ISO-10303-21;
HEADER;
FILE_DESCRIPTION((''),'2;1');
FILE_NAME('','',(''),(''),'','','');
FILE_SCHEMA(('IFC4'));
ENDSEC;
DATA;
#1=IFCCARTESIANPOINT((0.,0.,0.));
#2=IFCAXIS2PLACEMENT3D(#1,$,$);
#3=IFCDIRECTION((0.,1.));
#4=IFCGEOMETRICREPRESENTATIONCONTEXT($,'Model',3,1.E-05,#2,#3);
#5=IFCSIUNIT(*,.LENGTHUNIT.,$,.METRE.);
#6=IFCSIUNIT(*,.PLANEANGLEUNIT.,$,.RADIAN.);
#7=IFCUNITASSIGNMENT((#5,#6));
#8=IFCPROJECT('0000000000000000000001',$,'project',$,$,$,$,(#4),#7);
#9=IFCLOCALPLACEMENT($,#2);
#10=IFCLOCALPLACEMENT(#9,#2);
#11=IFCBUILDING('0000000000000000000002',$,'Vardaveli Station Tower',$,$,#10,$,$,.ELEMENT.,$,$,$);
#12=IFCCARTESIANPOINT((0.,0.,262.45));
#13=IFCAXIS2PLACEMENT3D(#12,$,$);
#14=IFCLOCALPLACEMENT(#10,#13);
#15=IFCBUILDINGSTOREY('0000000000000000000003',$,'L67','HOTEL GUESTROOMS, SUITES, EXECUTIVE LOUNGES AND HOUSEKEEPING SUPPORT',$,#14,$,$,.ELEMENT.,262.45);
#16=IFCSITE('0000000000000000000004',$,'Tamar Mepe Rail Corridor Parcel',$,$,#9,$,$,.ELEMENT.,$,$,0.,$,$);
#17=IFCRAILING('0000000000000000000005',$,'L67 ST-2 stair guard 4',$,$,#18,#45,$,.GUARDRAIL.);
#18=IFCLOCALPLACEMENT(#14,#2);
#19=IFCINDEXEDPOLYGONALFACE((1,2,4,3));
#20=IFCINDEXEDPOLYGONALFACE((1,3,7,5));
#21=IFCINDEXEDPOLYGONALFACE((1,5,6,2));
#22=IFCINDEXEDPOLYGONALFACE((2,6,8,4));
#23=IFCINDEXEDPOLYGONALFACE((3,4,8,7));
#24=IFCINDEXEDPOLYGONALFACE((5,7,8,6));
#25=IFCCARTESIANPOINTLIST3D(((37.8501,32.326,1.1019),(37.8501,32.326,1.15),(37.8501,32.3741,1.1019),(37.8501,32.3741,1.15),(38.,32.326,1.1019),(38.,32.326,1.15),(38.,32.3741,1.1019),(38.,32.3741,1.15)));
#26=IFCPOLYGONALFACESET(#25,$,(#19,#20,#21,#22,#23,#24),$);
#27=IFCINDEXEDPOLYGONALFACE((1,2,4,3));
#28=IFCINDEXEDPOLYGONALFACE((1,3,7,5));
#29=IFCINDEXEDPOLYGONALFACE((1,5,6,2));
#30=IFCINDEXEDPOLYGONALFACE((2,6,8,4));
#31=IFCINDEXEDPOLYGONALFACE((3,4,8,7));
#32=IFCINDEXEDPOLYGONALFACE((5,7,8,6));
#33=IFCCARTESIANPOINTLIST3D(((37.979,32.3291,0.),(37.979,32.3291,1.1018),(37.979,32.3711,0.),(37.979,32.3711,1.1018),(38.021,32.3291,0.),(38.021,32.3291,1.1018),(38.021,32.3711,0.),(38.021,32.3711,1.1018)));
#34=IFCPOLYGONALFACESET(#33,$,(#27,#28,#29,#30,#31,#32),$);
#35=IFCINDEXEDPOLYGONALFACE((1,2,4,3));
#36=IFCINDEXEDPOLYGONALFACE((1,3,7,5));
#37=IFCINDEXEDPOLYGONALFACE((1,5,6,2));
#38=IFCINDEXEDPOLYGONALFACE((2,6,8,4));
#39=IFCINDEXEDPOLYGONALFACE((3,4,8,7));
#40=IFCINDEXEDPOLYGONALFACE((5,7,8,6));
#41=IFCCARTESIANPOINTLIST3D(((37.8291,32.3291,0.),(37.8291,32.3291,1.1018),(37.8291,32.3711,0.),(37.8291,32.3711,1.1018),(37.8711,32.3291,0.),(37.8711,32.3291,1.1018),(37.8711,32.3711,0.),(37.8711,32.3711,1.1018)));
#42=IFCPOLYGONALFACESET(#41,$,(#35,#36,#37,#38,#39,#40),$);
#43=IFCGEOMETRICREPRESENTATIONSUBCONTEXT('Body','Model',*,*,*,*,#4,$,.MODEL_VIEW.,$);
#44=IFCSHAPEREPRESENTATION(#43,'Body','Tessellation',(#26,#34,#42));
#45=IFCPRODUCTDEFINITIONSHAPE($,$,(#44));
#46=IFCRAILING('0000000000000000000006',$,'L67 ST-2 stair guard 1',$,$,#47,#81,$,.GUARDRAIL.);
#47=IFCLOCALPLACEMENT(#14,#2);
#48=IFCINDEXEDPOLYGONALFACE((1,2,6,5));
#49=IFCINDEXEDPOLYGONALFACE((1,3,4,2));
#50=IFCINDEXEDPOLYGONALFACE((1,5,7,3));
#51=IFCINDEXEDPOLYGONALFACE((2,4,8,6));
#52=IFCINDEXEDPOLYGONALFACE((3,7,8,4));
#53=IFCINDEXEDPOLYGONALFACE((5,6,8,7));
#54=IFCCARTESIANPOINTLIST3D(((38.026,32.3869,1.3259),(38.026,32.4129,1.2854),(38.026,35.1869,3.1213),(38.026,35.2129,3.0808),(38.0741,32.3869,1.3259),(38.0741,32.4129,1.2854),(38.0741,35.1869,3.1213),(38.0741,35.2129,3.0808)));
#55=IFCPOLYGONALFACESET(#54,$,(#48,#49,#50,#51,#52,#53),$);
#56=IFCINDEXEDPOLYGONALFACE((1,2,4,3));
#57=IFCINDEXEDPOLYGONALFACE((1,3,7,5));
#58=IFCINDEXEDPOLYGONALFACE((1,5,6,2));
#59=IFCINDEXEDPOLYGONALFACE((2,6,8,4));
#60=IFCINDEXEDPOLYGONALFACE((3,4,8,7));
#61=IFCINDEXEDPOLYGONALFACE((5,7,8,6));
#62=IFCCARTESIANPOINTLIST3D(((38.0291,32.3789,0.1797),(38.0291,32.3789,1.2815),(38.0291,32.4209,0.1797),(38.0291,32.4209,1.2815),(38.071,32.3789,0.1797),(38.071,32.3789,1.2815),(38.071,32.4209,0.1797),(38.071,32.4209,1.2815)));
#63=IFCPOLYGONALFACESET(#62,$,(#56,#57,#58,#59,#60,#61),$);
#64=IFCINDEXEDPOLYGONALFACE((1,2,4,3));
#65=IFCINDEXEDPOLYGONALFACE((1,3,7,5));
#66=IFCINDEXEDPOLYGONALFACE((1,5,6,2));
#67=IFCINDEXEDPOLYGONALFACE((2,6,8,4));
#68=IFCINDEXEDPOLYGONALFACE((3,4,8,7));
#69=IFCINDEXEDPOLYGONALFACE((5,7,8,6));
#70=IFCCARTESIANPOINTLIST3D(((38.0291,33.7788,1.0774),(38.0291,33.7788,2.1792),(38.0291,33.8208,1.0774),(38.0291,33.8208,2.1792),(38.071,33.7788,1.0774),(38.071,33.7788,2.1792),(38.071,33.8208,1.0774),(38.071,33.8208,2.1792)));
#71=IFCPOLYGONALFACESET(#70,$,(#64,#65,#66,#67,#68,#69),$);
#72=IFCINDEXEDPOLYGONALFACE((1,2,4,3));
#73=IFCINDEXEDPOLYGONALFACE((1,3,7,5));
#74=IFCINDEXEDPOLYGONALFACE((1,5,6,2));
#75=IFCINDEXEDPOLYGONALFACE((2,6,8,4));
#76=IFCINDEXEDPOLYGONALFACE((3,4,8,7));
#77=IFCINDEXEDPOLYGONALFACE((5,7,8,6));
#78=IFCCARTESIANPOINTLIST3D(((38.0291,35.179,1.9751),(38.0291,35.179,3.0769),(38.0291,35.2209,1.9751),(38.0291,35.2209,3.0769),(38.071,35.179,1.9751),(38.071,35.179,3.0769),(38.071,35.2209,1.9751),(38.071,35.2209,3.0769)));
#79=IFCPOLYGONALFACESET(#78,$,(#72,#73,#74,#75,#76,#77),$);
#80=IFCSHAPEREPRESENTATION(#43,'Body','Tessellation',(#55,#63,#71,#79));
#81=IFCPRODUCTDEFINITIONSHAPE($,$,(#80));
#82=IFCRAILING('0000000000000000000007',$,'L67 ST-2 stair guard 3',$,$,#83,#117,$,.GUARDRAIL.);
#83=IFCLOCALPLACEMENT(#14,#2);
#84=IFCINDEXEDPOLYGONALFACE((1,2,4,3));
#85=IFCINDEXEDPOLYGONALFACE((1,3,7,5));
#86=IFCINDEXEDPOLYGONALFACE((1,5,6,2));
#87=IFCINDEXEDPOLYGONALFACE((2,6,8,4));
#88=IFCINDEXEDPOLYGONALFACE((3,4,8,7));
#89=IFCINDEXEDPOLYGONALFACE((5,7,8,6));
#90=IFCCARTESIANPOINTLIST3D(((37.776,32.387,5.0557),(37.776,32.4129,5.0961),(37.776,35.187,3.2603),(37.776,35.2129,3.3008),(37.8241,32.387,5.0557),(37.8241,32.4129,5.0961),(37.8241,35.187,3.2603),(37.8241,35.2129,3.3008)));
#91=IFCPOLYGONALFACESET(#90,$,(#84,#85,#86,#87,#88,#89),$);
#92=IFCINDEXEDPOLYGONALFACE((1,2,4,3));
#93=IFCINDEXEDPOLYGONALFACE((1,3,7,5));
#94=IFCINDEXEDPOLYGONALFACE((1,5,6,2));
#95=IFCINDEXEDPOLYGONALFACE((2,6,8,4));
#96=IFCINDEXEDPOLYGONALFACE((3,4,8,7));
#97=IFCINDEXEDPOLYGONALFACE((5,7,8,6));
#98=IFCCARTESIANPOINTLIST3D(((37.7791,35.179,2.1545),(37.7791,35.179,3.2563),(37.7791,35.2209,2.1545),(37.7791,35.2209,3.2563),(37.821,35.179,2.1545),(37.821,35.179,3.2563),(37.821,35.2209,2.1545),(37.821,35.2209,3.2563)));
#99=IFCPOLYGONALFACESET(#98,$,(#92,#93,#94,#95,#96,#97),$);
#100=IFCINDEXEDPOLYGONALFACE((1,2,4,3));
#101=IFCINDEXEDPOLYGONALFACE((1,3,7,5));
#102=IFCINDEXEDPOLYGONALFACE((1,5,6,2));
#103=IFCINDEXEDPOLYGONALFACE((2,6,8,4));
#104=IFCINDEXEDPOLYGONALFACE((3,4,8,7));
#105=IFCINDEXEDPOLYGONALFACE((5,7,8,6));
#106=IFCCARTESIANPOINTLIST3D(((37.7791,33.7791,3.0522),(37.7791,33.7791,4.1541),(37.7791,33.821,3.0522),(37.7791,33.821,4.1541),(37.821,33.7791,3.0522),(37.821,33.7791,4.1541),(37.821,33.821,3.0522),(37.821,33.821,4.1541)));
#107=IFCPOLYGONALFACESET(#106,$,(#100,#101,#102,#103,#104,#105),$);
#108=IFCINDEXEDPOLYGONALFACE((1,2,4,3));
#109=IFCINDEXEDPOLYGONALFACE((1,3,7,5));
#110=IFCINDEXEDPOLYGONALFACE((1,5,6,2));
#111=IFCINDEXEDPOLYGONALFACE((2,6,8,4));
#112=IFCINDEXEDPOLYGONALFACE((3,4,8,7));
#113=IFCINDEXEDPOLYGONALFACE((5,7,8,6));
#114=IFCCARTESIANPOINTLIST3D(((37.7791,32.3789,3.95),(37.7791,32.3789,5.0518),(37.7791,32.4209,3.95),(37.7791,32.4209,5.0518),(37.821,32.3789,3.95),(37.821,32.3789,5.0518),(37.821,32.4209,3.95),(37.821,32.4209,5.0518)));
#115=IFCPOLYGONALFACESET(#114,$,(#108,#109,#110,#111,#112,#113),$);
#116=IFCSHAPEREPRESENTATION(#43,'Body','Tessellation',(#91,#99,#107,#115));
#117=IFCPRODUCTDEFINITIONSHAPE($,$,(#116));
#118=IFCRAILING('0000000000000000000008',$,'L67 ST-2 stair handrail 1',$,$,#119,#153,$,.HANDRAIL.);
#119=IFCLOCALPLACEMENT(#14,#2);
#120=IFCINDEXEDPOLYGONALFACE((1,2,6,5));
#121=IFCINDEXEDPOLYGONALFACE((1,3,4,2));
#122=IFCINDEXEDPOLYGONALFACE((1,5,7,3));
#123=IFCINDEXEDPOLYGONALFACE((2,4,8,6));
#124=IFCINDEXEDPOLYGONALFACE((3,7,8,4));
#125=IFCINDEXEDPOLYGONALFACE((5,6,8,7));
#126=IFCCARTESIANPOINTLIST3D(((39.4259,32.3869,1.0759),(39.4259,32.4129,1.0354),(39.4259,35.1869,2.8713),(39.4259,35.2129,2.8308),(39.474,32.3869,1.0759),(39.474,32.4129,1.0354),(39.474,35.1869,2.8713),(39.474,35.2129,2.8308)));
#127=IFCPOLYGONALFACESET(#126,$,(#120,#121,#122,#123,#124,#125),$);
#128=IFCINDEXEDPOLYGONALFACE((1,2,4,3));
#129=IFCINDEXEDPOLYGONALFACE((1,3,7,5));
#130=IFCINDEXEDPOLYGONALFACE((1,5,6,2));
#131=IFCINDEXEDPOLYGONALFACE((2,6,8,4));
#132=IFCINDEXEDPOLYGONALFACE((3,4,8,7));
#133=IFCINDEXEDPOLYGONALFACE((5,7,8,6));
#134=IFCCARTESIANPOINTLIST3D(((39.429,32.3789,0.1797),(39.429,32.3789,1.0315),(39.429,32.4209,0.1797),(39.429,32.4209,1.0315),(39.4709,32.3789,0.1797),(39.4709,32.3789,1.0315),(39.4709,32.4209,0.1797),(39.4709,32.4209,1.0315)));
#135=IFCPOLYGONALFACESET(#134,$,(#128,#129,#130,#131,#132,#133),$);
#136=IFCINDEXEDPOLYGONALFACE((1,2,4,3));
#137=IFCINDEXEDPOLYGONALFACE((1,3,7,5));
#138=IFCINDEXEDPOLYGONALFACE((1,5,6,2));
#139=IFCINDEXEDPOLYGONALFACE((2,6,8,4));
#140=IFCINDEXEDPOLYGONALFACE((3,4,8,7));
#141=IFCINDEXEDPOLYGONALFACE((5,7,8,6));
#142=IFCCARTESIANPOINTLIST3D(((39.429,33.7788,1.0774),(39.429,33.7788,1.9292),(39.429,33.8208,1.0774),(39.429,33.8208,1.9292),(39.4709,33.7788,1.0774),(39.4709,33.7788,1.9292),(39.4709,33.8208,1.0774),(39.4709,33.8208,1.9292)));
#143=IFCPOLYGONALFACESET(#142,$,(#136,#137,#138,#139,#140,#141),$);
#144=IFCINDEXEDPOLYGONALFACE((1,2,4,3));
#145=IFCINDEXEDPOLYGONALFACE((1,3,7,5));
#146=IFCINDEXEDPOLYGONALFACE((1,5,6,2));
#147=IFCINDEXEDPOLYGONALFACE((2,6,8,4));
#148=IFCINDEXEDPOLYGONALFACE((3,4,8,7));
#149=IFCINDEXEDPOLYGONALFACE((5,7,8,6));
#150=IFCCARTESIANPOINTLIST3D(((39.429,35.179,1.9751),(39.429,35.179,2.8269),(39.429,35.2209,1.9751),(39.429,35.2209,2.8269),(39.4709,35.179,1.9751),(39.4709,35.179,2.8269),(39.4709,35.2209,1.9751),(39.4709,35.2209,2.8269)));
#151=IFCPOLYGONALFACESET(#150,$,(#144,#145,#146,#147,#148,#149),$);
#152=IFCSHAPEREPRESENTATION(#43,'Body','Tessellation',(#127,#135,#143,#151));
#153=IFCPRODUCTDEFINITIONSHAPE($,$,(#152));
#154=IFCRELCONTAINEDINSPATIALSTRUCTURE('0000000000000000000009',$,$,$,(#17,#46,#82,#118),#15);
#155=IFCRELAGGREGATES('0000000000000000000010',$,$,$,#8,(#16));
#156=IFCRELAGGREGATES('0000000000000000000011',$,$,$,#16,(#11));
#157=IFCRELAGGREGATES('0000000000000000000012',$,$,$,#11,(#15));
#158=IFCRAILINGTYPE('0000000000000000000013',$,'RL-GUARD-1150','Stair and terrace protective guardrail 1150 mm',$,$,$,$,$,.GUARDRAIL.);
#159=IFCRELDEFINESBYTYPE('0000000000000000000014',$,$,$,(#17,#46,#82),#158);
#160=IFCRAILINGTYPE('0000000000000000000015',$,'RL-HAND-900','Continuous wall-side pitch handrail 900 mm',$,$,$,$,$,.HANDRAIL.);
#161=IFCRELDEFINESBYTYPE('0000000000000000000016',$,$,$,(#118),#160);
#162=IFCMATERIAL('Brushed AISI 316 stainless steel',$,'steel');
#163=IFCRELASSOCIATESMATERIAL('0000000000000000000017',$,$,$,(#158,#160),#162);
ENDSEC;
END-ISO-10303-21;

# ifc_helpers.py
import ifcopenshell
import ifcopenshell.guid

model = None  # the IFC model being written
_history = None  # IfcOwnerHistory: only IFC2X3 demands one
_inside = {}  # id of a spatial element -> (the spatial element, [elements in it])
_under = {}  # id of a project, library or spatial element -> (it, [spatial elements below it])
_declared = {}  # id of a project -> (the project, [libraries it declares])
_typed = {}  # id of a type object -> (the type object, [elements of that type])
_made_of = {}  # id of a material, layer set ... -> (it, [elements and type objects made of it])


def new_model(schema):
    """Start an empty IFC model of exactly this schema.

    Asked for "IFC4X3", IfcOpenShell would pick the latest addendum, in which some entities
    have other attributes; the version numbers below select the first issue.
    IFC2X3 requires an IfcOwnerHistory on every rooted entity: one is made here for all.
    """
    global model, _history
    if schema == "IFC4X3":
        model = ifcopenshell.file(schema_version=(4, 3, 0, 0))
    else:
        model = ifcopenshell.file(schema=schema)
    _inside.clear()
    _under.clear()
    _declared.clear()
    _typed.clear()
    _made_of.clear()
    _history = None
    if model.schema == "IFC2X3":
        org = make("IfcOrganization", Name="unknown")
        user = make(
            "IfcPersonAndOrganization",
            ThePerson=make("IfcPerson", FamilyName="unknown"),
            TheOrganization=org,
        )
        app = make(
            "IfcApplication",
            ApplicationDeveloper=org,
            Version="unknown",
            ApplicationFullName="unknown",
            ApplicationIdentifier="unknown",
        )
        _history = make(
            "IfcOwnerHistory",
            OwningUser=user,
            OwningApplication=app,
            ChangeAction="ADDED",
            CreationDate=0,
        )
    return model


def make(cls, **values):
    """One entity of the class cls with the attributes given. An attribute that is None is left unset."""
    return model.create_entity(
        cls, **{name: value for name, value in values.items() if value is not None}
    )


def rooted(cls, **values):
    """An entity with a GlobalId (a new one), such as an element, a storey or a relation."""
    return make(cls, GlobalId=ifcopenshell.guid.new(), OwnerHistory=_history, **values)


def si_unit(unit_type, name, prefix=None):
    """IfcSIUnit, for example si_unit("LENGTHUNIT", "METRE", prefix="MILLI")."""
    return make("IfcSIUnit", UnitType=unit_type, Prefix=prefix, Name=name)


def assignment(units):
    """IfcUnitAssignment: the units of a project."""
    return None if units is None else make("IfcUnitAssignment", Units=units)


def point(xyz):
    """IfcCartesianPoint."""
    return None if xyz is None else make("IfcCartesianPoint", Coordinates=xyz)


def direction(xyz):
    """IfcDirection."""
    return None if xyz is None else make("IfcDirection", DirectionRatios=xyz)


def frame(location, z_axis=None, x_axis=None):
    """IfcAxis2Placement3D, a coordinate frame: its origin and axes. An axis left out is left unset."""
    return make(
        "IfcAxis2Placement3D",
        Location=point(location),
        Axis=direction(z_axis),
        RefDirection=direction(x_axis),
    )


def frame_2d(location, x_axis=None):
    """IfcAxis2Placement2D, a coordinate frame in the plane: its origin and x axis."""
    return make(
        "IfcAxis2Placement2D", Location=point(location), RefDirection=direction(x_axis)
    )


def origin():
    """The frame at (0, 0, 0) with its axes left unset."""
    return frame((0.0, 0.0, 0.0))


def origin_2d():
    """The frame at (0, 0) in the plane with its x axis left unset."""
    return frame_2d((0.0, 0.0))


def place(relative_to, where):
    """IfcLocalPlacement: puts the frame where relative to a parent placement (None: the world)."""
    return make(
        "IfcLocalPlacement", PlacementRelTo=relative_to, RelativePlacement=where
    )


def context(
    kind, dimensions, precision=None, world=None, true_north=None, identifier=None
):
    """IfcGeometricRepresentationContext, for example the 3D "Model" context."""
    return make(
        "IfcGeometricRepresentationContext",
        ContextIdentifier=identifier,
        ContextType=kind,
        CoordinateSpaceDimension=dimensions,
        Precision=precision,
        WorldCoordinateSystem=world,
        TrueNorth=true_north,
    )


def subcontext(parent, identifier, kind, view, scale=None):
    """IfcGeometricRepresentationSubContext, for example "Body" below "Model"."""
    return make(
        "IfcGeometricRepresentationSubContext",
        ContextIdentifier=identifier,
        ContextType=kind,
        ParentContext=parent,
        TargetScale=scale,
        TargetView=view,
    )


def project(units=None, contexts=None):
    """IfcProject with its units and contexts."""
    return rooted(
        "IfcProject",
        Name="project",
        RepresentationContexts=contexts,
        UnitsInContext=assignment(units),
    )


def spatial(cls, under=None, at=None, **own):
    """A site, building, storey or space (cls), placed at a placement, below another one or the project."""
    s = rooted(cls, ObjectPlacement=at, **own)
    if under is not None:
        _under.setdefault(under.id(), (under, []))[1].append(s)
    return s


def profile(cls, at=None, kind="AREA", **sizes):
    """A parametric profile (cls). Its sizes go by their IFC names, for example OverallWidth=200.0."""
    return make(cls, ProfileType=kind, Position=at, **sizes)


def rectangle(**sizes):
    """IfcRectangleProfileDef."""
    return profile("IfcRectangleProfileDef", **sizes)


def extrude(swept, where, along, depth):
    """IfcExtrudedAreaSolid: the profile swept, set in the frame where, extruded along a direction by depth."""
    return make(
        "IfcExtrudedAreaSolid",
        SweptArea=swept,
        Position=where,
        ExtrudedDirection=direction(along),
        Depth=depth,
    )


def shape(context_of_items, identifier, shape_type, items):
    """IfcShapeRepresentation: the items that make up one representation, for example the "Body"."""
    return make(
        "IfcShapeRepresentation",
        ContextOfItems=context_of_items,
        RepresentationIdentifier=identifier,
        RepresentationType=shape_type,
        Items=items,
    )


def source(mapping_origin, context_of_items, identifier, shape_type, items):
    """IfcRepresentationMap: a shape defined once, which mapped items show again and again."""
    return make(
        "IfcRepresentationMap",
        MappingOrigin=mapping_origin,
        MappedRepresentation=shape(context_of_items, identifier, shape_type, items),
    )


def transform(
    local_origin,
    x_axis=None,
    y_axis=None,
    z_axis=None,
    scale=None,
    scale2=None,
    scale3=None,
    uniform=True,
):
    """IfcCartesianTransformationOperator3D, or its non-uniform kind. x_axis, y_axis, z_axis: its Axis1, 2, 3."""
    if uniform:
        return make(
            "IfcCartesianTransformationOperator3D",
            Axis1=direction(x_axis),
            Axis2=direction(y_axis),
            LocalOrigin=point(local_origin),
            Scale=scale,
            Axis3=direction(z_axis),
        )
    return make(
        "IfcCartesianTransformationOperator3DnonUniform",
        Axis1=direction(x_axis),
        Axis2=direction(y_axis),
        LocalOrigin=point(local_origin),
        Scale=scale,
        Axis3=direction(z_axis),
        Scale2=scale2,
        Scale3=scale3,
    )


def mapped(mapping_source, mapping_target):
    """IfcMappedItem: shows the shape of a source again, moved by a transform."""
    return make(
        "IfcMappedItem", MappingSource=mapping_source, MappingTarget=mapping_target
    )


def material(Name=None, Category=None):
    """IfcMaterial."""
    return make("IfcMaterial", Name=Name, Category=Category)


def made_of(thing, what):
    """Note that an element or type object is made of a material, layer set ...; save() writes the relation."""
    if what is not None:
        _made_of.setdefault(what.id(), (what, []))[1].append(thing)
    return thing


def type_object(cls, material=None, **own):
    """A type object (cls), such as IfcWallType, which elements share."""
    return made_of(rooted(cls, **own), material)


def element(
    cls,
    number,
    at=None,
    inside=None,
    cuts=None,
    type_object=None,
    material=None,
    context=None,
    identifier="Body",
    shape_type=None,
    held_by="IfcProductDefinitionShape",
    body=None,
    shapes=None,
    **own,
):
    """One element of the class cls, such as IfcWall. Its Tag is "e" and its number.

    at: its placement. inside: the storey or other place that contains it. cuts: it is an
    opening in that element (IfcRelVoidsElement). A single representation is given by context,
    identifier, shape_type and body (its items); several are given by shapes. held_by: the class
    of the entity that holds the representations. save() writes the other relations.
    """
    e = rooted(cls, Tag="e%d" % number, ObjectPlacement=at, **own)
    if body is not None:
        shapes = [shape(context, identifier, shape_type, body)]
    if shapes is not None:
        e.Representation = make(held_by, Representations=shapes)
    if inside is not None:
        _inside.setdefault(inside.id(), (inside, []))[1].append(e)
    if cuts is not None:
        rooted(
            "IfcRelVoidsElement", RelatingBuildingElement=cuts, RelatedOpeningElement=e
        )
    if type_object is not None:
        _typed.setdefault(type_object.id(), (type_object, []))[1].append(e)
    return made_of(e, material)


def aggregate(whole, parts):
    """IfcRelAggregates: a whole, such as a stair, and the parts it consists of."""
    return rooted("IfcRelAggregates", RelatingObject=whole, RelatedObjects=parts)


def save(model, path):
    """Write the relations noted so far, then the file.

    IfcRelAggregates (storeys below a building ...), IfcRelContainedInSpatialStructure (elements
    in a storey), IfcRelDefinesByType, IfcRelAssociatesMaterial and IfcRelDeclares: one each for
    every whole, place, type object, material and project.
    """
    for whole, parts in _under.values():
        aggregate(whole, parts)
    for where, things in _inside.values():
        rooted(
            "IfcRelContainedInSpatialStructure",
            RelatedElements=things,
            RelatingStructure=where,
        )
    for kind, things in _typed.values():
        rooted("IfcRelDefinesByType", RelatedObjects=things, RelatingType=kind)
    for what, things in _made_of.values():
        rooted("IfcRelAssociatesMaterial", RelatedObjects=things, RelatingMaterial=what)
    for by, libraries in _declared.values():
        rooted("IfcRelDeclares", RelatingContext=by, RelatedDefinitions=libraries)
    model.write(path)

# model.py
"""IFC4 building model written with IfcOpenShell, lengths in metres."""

from ifc_helpers import new_model, si_unit, direction, frame, origin, origin_2d, place, context, subcontext, project, spatial, rectangle, extrude, source, transform, mapped, material, type_object, element, save


model = new_model("IFC4")

# Units and contexts
model_context = context("Model", 3, precision=1e-05, world=origin(), true_north=direction((0.0, 1.0)))
body_context = subcontext(model_context, "Body", "Model", "MODEL_VIEW")
ifc_project = project(units=[si_unit("LENGTHUNIT", "METRE"), si_unit("PLANEANGLEUNIT", "RADIAN")], contexts=[model_context])

# Site, building, storey
site_placement = place(None, origin())
site = spatial("IfcSite", under=ifc_project, at=site_placement, Name="Tamar Mepe Rail Corridor Parcel", CompositionType="ELEMENT", RefElevation=0.0)
building_placement = place(site_placement, origin())
building = spatial("IfcBuilding", under=site, at=building_placement, Name="Vardaveli Station Tower", CompositionType="ELEMENT")
storey_placement = place(building_placement, frame((0.0, 0.0, 262.45)))
storey = spatial("IfcBuildingStorey", under=building, at=storey_placement, Name="L67", Description="HOTEL GUESTROOMS, SUITES, EXECUTIVE LOUNGES AND HOUSEKEEPING SUPPORT", CompositionType="ELEMENT", Elevation=262.45)

# Railings
ifc_material_1 = material(Name="Brushed AISI 316 stainless steel", Category="steel")
railing_type_1 = type_object("IfcRailingType", Name="RL-GUARD-1150", Description="Stair and terrace protective guardrail 1150 mm", PredefinedType="GUARDRAIL", material=ifc_material_1)
shared_shape_1 = source(origin(), body_context, "Body", "SweptSolid", [
    extrude(rectangle(XDim=0.0481, YDim=0.0481, at=origin_2d()), frame((0.0, 0.0, 1.126), z_axis=(-1.0, 0.0, 0.0), x_axis=(0.0, -1.0, 0.0)), (0.0, 0.0, 1.0), 0.1499),
    extrude(rectangle(XDim=0.042, YDim=0.042, at=origin_2d()), origin(), (0.0, 0.0, 1.0), 1.1018),
    extrude(rectangle(XDim=0.042, YDim=0.042, at=origin_2d()), frame((-0.1499, 0.0, 0.0)), (0.0, 0.0, 1.0), 1.1018),
])
for number, where, name in (
    (1, (38.0, 32.3501, 0.0), "L67 ST-2 stair guard 4"),
):
    element("IfcRailing", number, at=place(storey_placement, frame(where)), inside=storey, type_object=railing_type_1, Name=name, PredefinedType="GUARDRAIL", context=body_context, shape_type="MappedRepresentation", body=[
        mapped(shared_shape_1, transform((0.0, 0.0, 0.0), scale=1.0)),
    ])
shared_shape_2 = source(origin(), body_context, "Body", "SweptSolid", [
    extrude(rectangle(XDim=0.0481, YDim=0.0481, at=origin_2d()), frame((0.0, 0.0, 1.126), z_axis=(0.0, 0.84181, 0.539774), x_axis=(-1.0, 0.0, 0.0)), (0.0, 0.0, 1.0), 3.3262),
    extrude(rectangle(XDim=0.042, YDim=0.042, at=origin_2d()), origin(), (0.0, 0.0, 1.0), 1.1018),
    extrude(rectangle(XDim=0.042, YDim=0.042, at=origin_2d()), frame((0.0, 1.3999, 0.8977)), (0.0, 0.0, 1.0), 1.1018),
    extrude(rectangle(XDim=0.042, YDim=0.042, at=origin_2d()), frame((0.0, 2.8, 1.7954)), (0.0, 0.0, 1.0), 1.1018),
])
railing_1_placement = place(storey_placement, frame((38.05, 32.3999, 0.1797)))
element("IfcRailing", 2, at=railing_1_placement, inside=storey, type_object=railing_type_1, Name="L67 ST-2 stair guard 1", PredefinedType="GUARDRAIL", context=body_context, shape_type="MappedRepresentation", body=[
    mapped(shared_shape_2, transform((0.0, 0.0, 0.0), scale=1.0)),
])
shared_shape_3 = source(origin(), body_context, "Body", "SweptSolid", [
    extrude(rectangle(XDim=0.0481, YDim=0.0481, at=origin_2d()), frame((0.0, 0.0, 1.126), z_axis=(0.0, -0.84181, 0.539774), x_axis=(1.0, 0.0, 0.0)), (0.0, 0.0, 1.0), 3.3262),
    extrude(rectangle(XDim=0.042, YDim=0.042, at=origin_2d()), origin(), (0.0, 0.0, 1.0), 1.1018),
    extrude(rectangle(XDim=0.042, YDim=0.042, at=origin_2d()), frame((0.0, -1.3999, 0.8977)), (0.0, 0.0, 1.0), 1.1018),
    extrude(rectangle(XDim=0.042, YDim=0.042, at=origin_2d()), frame((0.0, -2.8, 1.7954)), (0.0, 0.0, 1.0), 1.1018),
])
railing_2_placement = place(storey_placement, frame((37.8, 35.2, 2.1545)))
element("IfcRailing", 3, at=railing_2_placement, inside=storey, type_object=railing_type_1, Name="L67 ST-2 stair guard 3", PredefinedType="GUARDRAIL", context=body_context, shape_type="MappedRepresentation", body=[
    mapped(shared_shape_3, transform((0.0, 0.0, 0.0), scale=1.0)),
])
railing_type_2 = type_object("IfcRailingType", Name="RL-HAND-900", Description="Continuous wall-side pitch handrail 900 mm", PredefinedType="HANDRAIL", material=ifc_material_1)
shared_shape_4 = source(origin(), body_context, "Body", "SweptSolid", [
    extrude(rectangle(XDim=0.0481, YDim=0.0481, at=origin_2d()), frame((0.0, 0.0, 0.876), z_axis=(0.0, 0.84181, 0.539774), x_axis=(-1.0, 0.0, 0.0)), (0.0, 0.0, 1.0), 3.3262),
    extrude(rectangle(XDim=0.042, YDim=0.042, at=origin_2d()), origin(), (0.0, 0.0, 1.0), 0.8518),
    extrude(rectangle(XDim=0.042, YDim=0.042, at=origin_2d()), frame((0.0, 1.3999, 0.8977)), (0.0, 0.0, 1.0), 0.8518),
    extrude(rectangle(XDim=0.042, YDim=0.042, at=origin_2d()), frame((0.0, 2.8, 1.7954)), (0.0, 0.0, 1.0), 0.8518),
])
railing_3_placement = place(storey_placement, frame((39.45, 32.3999, 0.1797)))
element("IfcRailing", 4, at=railing_3_placement, inside=storey, type_object=railing_type_2, Name="L67 ST-2 stair handrail 1", PredefinedType="HANDRAIL", context=body_context, shape_type="MappedRepresentation", body=[
    mapped(shared_shape_4, transform((0.0, 0.0, 0.0), scale=1.0)),
])

save(model, "model.ifc")
